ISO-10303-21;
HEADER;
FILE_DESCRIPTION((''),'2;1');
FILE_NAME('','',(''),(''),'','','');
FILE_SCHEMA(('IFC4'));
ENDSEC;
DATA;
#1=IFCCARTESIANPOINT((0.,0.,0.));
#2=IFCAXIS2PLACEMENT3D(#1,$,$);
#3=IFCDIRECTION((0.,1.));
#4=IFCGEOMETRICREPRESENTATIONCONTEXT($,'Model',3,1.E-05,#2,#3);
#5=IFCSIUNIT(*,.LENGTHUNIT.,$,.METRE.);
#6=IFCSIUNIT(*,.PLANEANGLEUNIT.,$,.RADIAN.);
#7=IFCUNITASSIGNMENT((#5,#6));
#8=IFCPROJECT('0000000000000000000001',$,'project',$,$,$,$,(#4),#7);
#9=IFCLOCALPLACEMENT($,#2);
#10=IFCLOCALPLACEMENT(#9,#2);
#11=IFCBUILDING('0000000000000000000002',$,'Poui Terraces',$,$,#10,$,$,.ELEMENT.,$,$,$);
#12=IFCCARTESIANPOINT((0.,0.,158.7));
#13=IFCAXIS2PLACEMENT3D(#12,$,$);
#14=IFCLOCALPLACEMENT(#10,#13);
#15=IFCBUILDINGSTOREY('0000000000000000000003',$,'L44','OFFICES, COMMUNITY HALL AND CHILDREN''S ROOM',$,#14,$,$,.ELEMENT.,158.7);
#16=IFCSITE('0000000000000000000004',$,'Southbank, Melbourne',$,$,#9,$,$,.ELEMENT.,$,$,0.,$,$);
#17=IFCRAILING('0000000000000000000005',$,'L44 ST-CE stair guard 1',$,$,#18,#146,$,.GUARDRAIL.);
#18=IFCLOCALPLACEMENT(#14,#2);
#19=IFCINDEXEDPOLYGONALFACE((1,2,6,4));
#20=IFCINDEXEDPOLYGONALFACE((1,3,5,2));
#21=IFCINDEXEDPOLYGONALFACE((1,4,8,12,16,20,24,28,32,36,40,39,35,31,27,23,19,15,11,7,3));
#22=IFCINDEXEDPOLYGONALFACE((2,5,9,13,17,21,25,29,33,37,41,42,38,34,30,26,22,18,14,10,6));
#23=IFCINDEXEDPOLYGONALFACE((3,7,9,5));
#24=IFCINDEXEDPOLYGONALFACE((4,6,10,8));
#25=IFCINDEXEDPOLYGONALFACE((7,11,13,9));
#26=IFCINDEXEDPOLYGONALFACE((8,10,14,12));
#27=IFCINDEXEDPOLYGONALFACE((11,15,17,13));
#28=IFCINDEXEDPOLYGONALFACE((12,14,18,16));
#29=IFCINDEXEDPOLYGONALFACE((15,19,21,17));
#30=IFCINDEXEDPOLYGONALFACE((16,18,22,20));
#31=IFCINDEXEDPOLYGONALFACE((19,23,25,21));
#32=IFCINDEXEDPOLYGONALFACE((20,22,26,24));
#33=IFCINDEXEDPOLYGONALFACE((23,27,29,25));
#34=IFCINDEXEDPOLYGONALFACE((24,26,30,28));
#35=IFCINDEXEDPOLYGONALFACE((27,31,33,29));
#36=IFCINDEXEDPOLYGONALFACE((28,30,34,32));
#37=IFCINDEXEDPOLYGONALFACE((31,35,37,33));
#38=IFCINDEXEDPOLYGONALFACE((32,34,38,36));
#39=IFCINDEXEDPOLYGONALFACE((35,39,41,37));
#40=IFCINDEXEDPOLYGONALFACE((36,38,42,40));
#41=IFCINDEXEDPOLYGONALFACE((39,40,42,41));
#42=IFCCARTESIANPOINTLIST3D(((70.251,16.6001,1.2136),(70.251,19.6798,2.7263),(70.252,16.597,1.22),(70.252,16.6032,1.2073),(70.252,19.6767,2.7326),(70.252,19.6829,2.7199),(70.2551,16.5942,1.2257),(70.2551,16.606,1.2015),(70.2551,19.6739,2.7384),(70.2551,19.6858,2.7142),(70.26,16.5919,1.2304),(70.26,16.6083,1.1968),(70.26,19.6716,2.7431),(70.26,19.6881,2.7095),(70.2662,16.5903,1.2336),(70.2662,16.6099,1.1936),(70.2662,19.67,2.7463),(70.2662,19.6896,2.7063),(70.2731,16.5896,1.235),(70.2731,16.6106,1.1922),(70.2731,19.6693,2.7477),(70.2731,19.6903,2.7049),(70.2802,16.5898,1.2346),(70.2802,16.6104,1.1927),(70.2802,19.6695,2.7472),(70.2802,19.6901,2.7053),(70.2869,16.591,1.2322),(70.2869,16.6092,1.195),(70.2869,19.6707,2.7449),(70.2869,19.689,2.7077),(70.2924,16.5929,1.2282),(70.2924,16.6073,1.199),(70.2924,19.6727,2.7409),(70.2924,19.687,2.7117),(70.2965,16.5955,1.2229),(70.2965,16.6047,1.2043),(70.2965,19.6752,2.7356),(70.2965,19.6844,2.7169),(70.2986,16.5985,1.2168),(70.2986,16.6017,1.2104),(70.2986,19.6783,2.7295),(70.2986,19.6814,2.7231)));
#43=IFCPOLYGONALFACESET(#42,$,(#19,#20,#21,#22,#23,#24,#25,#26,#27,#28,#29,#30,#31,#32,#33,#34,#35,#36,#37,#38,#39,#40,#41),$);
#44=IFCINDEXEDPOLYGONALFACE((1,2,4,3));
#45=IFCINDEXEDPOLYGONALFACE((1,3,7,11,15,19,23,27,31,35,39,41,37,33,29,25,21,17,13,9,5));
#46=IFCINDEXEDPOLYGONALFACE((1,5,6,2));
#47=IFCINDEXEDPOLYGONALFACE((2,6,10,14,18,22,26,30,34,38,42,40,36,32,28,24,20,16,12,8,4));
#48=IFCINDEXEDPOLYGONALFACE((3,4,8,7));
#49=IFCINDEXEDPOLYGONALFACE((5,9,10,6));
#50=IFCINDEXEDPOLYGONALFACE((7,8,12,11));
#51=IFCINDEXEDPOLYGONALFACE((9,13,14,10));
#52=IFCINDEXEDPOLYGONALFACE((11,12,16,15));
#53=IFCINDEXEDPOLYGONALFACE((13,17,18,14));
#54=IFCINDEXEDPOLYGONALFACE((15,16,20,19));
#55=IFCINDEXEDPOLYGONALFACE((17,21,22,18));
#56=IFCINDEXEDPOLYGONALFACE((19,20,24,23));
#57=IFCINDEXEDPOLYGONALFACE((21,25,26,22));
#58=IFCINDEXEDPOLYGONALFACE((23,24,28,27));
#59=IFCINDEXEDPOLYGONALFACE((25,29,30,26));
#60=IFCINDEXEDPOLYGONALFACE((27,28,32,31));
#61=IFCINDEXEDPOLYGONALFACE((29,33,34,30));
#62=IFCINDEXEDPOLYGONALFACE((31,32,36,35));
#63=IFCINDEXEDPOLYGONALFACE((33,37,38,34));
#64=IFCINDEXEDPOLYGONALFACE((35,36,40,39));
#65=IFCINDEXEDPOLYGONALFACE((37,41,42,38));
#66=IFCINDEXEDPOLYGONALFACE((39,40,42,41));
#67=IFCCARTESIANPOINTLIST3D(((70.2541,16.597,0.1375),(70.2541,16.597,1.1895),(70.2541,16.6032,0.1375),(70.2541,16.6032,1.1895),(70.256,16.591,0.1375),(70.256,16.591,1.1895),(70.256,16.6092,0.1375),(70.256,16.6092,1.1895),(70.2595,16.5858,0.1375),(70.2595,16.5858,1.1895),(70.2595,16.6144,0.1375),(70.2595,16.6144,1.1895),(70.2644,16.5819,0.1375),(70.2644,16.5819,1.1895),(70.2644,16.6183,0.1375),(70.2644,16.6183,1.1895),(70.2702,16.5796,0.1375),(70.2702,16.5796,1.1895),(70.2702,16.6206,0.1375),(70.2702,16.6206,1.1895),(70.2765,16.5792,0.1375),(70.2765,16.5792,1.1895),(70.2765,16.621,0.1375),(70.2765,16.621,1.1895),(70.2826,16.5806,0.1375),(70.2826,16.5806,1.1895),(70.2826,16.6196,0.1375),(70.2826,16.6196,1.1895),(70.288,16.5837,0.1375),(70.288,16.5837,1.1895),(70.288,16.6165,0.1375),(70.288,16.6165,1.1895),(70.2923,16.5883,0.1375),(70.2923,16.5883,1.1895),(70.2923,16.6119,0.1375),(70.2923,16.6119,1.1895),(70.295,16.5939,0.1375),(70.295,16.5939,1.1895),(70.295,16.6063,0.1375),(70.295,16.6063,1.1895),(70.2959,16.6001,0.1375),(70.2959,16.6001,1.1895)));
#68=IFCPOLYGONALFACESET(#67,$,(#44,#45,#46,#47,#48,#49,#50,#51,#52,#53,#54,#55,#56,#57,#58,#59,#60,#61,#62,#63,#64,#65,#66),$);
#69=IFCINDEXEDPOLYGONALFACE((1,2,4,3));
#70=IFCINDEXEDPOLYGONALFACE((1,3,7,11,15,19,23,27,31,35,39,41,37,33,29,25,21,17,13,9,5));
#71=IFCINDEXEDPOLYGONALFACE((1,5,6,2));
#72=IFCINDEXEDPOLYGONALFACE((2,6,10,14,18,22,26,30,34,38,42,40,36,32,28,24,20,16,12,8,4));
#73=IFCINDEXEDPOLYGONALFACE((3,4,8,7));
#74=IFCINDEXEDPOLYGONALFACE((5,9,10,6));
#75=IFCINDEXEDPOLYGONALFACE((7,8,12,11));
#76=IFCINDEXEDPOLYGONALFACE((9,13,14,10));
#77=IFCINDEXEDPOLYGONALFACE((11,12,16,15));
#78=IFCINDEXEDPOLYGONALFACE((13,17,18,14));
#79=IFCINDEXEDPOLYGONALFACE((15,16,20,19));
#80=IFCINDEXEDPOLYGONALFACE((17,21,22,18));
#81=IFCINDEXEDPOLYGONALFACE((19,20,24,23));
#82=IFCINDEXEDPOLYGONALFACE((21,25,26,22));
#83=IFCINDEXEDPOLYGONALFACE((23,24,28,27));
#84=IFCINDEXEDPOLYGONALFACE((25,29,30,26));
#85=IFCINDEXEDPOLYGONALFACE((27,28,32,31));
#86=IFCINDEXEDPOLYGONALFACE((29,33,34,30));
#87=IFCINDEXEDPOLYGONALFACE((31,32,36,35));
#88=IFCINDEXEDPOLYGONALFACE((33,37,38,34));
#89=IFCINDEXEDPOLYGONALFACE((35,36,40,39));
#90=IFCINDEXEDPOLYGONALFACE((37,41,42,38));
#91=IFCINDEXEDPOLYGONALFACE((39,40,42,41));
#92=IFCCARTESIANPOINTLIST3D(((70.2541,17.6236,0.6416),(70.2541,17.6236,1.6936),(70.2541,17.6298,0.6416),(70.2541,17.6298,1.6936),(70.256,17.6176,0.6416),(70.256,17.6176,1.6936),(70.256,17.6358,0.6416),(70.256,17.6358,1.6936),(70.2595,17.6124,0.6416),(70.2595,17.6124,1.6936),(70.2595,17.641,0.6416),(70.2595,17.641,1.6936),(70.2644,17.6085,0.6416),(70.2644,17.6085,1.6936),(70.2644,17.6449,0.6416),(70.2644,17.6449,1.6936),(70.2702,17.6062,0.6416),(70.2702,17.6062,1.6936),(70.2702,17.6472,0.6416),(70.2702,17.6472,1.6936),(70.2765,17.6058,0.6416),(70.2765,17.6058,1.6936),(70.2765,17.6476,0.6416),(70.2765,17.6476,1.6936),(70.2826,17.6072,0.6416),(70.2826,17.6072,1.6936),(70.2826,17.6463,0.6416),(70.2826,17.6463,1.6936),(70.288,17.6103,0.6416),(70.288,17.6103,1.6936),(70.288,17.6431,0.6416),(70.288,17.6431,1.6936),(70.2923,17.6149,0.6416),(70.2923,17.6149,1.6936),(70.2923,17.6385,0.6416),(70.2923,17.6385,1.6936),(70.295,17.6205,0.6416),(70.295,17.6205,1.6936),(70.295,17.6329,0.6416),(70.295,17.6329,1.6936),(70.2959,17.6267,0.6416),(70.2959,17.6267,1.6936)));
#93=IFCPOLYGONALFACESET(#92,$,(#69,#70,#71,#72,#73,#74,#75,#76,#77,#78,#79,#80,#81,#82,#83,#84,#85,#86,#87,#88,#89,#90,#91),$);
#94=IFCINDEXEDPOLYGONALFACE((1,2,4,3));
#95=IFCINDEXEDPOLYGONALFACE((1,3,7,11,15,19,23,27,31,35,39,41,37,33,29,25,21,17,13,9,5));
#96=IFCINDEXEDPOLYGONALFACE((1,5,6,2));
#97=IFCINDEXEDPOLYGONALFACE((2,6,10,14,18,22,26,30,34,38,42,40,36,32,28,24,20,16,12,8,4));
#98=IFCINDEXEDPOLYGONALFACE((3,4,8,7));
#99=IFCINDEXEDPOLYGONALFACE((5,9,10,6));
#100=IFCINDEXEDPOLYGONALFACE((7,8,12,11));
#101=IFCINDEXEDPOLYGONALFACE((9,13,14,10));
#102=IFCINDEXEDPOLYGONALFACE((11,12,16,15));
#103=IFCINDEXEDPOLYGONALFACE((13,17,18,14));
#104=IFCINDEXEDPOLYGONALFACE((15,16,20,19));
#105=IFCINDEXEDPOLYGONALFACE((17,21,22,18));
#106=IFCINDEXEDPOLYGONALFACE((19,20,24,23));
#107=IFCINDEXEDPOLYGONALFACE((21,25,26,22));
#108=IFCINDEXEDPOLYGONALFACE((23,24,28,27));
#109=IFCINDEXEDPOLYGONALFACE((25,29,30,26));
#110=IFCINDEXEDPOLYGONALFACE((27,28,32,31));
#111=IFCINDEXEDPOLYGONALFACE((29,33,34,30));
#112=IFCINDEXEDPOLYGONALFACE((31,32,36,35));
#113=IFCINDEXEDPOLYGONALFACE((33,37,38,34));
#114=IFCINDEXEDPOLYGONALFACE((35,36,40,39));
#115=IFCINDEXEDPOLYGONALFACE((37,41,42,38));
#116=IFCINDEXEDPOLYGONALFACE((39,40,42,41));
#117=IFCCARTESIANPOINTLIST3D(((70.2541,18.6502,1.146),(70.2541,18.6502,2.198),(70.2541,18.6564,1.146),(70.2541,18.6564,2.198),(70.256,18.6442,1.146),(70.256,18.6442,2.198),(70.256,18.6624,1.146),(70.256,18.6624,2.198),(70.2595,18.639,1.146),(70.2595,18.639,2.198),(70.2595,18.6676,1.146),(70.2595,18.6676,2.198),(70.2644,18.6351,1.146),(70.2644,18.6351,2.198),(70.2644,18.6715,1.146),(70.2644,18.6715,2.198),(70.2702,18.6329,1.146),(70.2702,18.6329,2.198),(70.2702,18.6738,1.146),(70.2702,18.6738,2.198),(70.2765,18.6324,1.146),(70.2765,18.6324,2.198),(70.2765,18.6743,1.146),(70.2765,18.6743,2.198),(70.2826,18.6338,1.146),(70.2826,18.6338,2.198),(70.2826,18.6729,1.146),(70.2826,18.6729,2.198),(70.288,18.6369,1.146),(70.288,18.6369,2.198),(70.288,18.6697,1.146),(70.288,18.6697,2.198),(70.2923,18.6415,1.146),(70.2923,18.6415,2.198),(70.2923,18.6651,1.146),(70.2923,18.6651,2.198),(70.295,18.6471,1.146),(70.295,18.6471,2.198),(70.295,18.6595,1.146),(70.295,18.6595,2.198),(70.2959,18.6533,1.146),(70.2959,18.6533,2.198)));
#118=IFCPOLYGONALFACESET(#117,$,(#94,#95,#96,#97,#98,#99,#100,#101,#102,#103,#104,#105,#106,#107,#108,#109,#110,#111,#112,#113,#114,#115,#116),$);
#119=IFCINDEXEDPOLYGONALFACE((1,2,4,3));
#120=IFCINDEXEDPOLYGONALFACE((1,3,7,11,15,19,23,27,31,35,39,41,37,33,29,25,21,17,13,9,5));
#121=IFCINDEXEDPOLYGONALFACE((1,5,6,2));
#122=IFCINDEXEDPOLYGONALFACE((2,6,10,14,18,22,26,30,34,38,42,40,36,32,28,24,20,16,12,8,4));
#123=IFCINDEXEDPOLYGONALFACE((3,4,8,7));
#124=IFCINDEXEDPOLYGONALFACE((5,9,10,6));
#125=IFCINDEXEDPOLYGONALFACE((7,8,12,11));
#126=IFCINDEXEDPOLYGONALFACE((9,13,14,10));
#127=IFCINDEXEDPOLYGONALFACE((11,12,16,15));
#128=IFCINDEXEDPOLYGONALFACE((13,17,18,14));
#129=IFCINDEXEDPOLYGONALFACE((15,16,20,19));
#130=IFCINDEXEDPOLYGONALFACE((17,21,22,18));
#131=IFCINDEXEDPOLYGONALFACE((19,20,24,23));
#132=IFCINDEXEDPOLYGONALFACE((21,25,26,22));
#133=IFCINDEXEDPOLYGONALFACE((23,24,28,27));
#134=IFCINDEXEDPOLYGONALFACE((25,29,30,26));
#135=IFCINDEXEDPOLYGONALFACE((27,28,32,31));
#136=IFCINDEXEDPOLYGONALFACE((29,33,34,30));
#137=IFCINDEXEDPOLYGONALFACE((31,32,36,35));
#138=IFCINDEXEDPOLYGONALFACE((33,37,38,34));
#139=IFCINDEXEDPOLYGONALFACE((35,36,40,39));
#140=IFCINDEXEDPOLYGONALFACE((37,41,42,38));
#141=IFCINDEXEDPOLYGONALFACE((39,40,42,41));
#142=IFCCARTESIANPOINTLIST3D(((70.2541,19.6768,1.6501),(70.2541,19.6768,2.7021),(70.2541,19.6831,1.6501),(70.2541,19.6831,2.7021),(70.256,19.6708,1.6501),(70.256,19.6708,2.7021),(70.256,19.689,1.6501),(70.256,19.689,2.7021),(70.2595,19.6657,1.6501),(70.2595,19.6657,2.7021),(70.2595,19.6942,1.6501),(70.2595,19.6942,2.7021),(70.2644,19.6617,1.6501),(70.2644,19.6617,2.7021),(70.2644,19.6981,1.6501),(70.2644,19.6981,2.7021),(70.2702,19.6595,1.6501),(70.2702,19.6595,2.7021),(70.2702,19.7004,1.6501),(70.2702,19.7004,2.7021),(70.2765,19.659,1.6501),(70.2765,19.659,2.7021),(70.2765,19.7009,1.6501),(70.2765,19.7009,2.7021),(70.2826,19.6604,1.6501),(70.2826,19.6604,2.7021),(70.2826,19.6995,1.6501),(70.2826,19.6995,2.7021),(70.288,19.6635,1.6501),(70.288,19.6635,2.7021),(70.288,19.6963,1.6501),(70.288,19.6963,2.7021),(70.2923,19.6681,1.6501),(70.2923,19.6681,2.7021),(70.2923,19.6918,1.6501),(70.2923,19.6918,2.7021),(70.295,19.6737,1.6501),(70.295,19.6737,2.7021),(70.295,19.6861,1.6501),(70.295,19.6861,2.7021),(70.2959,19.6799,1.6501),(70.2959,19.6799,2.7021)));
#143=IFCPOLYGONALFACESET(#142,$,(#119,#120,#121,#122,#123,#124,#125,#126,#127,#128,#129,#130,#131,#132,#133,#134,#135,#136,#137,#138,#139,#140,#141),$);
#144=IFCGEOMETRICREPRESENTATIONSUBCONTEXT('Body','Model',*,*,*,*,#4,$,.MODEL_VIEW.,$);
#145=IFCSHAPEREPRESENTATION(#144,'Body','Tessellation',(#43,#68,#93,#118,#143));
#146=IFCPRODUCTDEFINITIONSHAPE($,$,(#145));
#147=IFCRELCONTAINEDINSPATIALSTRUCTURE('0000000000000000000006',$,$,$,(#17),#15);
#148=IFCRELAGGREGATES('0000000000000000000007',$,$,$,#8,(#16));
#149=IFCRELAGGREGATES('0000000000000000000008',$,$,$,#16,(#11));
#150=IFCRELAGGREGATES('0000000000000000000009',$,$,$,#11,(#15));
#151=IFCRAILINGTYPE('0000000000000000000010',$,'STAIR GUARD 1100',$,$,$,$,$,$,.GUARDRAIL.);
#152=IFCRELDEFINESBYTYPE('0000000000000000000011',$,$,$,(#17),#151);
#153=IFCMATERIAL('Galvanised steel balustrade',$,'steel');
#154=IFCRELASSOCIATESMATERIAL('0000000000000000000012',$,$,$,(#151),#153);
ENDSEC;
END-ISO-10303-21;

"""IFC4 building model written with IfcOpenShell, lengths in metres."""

from ifc_helpers import new_model, si_unit, direction, frame, origin, origin_2d, place, context, subcontext, project, spatial, circle, extrude, material, type_object, element, save


model = new_model("IFC4")

# Units and contexts
model_context = context("Model", 3, precision=1e-05, world=origin(), true_north=direction((0.0, 1.0)))
body_context = subcontext(model_context, "Body", "Model", "MODEL_VIEW")
ifc_project = project(units=[si_unit("LENGTHUNIT", "METRE"), si_unit("PLANEANGLEUNIT", "RADIAN")], contexts=[model_context])

# Site, building, storey
site_placement = place(None, origin())
site = spatial("IfcSite", under=ifc_project, at=site_placement, Name="Southbank, Melbourne", CompositionType="ELEMENT", RefElevation=0.0)
building_placement = place(site_placement, origin())
building = spatial("IfcBuilding", under=site, at=building_placement, Name="Poui Terraces", CompositionType="ELEMENT")
storey_placement = place(building_placement, frame((0.0, 0.0, 158.7)))
storey = spatial("IfcBuildingStorey", under=building, at=storey_placement, Name="L44", Description="OFFICES, COMMUNITY HALL AND CHILDREN'S ROOM", CompositionType="ELEMENT", Elevation=158.7)

# Railing
ifc_material_1 = material(Name="Galvanised steel balustrade", Category="steel")
railing_type_1 = type_object("IfcRailingType", Name="STAIR GUARD 1100", PredefinedType="GUARDRAIL", material=ifc_material_1)
railing_1_placement = place(storey_placement, frame((70.2749, 16.6001, 0.1375)))
element("IfcRailing", 1, at=railing_1_placement, inside=storey, type_object=railing_type_1, Name="L44 ST-CE stair guard 1", PredefinedType="GUARDRAIL", context=body_context, shape_type="SweptSolid", body=[
    extrude(circle(Radius=0.0239, at=origin_2d()), frame((0.0, 0.0, 1.0762), z_axis=(0.0, 0.897578, 0.440856), x_axis=(-1.0, 0.0, 0.0)), (0.0, 0.0, 1.0), 3.4312),
    extrude(circle(Radius=0.021, at=origin_2d()), origin(), (0.0, 0.0, 1.0), 1.052),
    extrude(circle(Radius=0.021, at=origin_2d()), frame((0.0, 1.0266, 0.5042)), (0.0, 0.0, 1.0), 1.052),
    extrude(circle(Radius=0.021, at=origin_2d()), frame((0.0, 2.0532, 1.0085)), (0.0, 0.0, 1.0), 1.052),
    extrude(circle(Radius=0.021, at=origin_2d()), frame((0.0, 3.0798, 1.5127)), (0.0, 0.0, 1.0), 1.052),
])

save(model, "model.ifc")
